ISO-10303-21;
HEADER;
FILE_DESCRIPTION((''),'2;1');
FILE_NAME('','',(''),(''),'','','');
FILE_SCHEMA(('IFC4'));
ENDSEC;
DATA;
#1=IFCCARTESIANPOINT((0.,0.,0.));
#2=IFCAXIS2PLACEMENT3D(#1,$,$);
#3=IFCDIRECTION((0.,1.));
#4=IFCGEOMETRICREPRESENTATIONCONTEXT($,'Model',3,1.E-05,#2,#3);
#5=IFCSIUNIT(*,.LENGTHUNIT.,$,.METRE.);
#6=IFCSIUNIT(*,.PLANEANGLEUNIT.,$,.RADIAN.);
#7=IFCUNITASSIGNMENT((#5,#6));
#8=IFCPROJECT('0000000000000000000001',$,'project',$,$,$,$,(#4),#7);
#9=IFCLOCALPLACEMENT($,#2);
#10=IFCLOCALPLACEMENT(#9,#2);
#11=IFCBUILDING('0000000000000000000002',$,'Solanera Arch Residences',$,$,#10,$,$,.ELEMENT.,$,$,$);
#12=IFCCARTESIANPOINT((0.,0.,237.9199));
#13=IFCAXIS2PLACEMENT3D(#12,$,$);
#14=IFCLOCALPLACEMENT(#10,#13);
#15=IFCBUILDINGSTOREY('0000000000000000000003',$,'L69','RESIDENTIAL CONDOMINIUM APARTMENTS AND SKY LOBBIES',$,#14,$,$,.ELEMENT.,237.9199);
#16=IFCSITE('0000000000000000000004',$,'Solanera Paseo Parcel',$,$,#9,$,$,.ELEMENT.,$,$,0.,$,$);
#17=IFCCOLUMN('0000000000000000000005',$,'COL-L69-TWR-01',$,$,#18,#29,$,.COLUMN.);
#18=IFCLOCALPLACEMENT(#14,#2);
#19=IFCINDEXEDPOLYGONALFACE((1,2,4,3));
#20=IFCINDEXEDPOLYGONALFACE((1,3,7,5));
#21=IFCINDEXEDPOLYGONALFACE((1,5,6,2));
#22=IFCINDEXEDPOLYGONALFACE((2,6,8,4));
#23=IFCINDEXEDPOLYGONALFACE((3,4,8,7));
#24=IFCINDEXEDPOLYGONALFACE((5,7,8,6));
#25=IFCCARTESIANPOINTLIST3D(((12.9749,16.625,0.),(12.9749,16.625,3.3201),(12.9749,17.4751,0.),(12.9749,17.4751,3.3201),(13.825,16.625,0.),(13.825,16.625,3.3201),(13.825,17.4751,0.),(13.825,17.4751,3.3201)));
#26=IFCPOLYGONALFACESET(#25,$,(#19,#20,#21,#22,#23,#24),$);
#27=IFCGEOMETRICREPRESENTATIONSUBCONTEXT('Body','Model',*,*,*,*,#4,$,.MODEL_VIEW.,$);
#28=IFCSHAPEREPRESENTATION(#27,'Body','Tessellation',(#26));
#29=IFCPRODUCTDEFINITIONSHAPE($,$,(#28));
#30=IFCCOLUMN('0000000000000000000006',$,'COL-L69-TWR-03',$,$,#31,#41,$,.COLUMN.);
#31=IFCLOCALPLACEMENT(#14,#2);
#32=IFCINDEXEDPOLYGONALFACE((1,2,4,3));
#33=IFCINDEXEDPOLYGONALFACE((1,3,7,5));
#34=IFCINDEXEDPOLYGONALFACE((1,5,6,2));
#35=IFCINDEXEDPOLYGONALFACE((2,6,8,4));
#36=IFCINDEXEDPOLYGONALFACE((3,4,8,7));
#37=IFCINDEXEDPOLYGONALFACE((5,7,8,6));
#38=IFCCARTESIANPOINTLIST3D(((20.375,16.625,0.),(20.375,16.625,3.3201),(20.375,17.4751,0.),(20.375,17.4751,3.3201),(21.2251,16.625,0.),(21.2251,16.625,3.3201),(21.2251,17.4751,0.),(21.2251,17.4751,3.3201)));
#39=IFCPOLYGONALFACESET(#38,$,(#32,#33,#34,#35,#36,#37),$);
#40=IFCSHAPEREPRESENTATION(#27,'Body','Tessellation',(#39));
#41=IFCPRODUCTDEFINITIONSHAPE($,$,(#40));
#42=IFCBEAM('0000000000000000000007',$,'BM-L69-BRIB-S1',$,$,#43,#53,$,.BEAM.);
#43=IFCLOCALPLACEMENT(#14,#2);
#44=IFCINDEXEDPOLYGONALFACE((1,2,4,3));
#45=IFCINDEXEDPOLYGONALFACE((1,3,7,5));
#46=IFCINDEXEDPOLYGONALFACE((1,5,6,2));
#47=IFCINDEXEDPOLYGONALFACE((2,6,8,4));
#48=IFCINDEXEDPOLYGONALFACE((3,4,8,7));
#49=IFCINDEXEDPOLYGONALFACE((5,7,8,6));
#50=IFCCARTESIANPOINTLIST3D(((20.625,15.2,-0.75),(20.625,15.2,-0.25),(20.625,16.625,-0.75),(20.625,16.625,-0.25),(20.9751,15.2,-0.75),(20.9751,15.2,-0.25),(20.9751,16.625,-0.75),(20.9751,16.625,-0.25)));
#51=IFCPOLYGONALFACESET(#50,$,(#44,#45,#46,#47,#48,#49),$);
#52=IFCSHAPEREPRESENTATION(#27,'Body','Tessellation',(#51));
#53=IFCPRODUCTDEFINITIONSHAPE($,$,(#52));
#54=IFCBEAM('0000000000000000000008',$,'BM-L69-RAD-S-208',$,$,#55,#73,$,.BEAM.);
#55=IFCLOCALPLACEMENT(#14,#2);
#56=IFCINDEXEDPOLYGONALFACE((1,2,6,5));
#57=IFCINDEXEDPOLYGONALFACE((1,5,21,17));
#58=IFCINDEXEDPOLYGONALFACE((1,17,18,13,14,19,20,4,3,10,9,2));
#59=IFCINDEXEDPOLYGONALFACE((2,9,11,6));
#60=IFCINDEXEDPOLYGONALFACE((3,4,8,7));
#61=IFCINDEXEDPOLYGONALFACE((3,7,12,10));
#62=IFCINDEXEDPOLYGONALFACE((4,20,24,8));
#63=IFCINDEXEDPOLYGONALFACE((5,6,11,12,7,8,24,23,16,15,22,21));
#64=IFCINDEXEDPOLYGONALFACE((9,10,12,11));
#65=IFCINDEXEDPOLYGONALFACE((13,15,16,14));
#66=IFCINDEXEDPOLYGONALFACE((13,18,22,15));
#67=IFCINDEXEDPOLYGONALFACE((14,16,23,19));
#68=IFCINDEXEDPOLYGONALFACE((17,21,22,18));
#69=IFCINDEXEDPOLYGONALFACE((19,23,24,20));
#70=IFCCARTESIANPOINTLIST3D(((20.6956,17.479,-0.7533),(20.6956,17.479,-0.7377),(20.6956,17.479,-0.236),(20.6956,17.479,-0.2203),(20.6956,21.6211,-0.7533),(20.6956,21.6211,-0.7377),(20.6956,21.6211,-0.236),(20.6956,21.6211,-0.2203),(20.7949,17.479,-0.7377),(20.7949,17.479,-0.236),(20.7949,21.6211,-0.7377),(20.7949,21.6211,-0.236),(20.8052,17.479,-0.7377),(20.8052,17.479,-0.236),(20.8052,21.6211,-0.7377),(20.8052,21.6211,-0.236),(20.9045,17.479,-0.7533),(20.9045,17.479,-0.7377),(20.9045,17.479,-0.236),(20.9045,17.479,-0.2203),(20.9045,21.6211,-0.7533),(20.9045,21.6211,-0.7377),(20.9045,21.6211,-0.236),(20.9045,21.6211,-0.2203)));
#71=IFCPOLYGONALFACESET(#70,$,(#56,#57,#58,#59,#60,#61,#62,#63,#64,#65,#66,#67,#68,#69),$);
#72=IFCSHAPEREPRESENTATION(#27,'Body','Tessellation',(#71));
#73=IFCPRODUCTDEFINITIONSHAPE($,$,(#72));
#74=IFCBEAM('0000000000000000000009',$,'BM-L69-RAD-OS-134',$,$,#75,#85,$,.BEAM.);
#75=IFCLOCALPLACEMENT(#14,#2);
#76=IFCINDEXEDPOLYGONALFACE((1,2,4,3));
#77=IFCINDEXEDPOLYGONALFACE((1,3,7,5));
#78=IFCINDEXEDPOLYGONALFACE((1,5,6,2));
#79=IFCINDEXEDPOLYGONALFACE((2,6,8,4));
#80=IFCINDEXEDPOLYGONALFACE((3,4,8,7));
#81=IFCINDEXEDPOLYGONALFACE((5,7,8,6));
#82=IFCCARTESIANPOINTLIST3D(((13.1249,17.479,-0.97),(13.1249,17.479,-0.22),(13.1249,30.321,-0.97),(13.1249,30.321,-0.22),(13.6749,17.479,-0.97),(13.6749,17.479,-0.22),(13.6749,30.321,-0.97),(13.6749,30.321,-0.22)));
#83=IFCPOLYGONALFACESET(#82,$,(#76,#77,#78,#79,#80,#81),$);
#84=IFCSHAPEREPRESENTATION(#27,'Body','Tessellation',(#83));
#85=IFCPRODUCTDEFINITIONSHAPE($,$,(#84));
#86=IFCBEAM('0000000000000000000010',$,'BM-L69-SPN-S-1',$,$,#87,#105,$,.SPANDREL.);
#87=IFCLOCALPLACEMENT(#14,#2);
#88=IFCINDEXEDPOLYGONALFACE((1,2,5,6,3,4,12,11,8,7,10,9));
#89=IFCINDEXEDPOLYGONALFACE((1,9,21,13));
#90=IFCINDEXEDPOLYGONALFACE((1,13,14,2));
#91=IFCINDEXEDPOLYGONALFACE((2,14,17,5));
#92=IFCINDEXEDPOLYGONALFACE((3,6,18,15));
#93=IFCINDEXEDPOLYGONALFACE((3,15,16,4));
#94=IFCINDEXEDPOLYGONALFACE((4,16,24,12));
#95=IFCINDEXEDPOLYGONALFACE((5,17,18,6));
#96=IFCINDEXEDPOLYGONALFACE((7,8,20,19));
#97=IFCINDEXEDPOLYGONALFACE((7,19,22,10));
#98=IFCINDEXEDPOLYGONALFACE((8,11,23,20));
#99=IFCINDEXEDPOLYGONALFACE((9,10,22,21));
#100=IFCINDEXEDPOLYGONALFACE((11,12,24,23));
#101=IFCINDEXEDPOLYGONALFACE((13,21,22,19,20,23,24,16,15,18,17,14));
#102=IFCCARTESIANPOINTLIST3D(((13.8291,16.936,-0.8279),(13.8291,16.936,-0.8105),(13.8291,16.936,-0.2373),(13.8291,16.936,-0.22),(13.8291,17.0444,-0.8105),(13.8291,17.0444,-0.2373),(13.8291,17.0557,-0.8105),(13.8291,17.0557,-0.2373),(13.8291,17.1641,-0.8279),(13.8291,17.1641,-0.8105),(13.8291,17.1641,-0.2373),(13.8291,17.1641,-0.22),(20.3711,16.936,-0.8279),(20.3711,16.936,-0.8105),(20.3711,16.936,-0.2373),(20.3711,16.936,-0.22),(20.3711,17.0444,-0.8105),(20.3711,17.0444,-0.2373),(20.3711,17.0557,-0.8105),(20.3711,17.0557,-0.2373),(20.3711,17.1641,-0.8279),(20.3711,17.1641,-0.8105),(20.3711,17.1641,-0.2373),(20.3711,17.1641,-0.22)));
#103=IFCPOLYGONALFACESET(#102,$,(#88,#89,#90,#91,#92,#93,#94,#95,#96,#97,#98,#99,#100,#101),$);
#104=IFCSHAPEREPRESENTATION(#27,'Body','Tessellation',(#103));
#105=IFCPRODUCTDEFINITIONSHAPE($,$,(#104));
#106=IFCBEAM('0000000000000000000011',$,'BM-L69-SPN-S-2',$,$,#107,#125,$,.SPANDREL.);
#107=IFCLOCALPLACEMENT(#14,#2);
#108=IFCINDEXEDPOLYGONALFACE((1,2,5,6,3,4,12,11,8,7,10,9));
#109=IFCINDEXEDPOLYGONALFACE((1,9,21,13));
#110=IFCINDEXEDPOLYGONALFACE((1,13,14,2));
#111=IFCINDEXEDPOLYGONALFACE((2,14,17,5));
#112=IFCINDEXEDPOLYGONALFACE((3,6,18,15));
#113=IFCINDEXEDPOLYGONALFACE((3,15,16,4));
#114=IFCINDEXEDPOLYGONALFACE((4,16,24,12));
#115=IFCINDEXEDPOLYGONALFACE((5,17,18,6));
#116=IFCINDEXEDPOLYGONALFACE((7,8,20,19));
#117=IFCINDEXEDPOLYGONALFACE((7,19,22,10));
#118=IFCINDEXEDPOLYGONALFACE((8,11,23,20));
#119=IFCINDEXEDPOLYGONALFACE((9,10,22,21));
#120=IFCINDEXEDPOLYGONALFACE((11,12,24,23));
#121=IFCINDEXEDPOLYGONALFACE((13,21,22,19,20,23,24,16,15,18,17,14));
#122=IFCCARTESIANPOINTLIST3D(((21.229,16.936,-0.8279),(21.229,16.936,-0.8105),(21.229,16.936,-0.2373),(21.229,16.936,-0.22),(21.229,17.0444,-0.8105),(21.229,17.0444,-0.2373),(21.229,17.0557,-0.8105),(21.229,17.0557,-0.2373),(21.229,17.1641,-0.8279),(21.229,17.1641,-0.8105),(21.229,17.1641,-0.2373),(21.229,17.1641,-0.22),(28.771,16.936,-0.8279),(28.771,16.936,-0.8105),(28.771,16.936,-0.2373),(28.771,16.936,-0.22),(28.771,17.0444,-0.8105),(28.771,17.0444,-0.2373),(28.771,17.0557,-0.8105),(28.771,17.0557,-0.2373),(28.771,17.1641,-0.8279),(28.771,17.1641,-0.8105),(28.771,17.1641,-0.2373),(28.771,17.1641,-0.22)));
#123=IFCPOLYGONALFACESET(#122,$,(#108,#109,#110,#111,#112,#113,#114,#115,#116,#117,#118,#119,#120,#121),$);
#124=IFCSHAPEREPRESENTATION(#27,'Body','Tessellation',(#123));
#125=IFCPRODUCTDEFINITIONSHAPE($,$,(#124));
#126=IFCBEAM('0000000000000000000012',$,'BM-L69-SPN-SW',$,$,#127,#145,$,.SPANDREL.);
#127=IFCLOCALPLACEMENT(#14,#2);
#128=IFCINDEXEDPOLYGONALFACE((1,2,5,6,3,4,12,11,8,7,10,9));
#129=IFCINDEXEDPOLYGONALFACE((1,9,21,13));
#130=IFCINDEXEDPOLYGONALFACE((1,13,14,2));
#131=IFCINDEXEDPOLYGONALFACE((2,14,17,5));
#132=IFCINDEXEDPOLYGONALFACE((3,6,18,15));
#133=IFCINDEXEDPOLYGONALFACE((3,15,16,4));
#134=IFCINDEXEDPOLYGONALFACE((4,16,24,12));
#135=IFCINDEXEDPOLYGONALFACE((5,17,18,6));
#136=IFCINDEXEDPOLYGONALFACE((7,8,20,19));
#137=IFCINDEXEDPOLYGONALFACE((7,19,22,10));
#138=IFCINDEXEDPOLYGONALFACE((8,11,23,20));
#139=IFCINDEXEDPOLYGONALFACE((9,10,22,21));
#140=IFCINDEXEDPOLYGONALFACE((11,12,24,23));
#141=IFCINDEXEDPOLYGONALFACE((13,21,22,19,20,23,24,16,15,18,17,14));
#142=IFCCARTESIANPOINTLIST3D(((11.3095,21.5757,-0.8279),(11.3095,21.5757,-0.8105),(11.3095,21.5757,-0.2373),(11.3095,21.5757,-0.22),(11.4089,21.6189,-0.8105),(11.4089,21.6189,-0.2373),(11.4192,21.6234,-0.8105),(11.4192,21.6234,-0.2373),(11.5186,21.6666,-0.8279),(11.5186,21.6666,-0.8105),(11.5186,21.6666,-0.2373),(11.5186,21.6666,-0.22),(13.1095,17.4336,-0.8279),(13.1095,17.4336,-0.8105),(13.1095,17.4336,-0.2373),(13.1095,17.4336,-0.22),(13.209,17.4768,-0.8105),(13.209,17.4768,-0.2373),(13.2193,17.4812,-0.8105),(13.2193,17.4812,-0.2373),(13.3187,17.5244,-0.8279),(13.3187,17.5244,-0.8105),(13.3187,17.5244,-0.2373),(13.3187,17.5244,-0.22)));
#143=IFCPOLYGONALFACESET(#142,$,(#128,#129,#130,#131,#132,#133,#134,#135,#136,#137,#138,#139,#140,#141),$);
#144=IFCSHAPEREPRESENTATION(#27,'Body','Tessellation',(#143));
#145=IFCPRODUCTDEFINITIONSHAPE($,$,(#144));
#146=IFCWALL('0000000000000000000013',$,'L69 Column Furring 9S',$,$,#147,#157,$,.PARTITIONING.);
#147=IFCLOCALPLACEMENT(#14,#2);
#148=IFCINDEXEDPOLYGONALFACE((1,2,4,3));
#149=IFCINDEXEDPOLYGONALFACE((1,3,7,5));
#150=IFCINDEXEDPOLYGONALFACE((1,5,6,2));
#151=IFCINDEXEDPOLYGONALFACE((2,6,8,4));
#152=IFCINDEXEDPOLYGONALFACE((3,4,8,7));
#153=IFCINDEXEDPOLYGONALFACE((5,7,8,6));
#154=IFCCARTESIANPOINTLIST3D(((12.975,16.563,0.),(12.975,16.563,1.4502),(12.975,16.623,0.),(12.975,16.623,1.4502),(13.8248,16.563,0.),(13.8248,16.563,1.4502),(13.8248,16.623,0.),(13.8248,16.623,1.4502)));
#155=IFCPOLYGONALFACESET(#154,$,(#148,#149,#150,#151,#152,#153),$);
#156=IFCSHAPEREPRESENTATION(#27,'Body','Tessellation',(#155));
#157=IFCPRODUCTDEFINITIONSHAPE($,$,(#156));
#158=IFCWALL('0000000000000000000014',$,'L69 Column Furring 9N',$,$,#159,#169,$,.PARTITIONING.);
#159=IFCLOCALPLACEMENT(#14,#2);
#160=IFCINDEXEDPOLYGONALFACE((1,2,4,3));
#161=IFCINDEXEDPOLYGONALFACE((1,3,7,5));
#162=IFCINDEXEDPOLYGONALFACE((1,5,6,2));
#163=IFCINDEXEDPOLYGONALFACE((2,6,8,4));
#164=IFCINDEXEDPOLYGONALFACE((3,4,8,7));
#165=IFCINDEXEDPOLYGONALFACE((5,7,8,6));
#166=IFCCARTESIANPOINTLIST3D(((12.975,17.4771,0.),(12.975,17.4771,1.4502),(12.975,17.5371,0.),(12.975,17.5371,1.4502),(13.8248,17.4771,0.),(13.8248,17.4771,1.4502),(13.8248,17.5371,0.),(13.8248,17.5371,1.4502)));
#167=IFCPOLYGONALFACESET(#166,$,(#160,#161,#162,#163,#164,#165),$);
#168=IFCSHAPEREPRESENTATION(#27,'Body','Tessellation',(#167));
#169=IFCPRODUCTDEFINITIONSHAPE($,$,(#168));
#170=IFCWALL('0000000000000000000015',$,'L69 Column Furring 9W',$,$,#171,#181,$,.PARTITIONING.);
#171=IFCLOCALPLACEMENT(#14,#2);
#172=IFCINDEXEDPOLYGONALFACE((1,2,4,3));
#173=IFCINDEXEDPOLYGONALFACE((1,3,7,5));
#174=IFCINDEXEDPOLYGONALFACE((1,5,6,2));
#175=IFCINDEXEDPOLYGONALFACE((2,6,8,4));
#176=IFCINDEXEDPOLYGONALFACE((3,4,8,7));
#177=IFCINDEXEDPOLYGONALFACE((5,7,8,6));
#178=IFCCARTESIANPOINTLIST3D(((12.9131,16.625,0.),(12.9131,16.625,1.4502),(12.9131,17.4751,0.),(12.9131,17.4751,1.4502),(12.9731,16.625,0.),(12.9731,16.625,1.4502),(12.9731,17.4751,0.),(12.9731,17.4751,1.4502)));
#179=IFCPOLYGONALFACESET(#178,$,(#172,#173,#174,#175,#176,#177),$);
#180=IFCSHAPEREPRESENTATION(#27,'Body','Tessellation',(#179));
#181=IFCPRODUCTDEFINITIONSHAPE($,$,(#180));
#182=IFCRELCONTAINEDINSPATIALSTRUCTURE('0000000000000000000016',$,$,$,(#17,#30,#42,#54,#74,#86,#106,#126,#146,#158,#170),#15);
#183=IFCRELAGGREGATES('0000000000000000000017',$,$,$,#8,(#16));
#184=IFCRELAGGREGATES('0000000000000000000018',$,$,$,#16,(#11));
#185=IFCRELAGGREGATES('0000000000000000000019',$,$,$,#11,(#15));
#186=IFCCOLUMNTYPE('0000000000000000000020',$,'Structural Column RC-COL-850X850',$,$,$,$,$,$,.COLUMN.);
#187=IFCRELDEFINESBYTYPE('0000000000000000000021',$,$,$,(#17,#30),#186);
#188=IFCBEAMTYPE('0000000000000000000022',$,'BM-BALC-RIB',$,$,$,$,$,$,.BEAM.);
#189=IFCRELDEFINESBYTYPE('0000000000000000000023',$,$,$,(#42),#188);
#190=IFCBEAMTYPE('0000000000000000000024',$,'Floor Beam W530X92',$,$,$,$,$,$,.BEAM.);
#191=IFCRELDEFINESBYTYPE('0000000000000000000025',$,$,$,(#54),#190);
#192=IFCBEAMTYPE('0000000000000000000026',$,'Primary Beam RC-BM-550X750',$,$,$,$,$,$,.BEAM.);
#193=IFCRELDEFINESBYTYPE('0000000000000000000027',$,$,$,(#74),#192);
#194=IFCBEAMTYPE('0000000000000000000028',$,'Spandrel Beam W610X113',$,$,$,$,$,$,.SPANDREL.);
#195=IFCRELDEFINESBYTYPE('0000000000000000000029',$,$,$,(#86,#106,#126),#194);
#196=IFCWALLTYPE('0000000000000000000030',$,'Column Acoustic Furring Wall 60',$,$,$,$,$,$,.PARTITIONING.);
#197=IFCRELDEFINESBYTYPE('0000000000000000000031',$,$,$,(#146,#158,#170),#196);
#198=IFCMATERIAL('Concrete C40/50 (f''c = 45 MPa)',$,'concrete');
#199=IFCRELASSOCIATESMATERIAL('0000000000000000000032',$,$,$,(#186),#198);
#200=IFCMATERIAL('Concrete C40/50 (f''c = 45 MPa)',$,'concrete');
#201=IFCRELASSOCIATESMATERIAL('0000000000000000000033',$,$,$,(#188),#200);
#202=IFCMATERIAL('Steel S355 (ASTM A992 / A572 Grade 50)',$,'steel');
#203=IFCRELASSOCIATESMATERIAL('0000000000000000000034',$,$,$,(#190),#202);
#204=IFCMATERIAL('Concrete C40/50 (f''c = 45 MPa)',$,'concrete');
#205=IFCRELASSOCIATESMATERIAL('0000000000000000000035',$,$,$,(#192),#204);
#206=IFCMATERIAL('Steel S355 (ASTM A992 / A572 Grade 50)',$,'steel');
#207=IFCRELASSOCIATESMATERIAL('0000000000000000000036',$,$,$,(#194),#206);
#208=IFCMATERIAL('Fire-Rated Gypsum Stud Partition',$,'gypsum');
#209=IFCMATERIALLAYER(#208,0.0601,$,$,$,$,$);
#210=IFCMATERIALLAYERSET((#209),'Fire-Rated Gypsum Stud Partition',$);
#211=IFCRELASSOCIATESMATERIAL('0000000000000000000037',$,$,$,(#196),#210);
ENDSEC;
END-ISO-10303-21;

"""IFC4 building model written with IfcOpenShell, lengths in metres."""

from ifc_helpers import new_model, si_unit, direction, frame, frame_2d, origin, origin_2d, place, context, subcontext, project, spatial, rectangle, i_section, extrude, material, layer, layer_set, material_profile, profile_set, type_object, element, save


model = new_model("IFC4")

# Units and contexts
model_context = context("Model", 3, precision=1e-05, world=origin(), true_north=direction((0.0, 1.0)))
body_context = subcontext(model_context, "Body", "Model", "MODEL_VIEW")
ifc_project = project(units=[si_unit("LENGTHUNIT", "METRE"), si_unit("PLANEANGLEUNIT", "RADIAN")], contexts=[model_context])

# Site, building, storey
site_placement = place(None, origin())
site = spatial("IfcSite", under=ifc_project, at=site_placement, Name="Solanera Paseo Parcel", CompositionType="ELEMENT", RefElevation=0.0)
building_placement = place(site_placement, origin())
building = spatial("IfcBuilding", under=site, at=building_placement, Name="Solanera Arch Residences", CompositionType="ELEMENT")
storey_placement = place(building_placement, frame((0.0, 0.0, 237.9199)))
storey = spatial("IfcBuildingStorey", under=building, at=storey_placement, Name="L69", Description="RESIDENTIAL CONDOMINIUM APARTMENTS AND SKY LOBBIES", CompositionType="ELEMENT", Elevation=237.9199)

# Columns
ifc_material_1 = material(Name="Concrete C40/50 (f'c = 45 MPa)", Category="concrete")
ifc_material_profile_1 = material_profile(ifc_material_1, rectangle(XDim=0.8501, YDim=0.8501, at=origin_2d()))
ifc_profile_set_1 = profile_set([ifc_material_profile_1], Name="Concrete C40/50 (f'c = 45 MPa)")
column_type = type_object("IfcColumnType", Name="Structural Column RC-COL-850X850", PredefinedType="COLUMN", material=ifc_profile_set_1)
for number, where, z_axis, x_axis, name in (
    (1, (13.3999, 17.05, 0.0), (0.0, 0.0, 1.0), (1.0, 0.0, 0.0), "COL-L69-TWR-01"),
    (2, (20.8, 17.05, 0.0), (0.0, 0.0, 1.0), (1.0, 0.0, 0.0), "COL-L69-TWR-03"),
):
    element("IfcColumn", number, at=place(storey_placement, frame(where, z_axis=z_axis, x_axis=x_axis)), inside=storey, type_object=column_type, Name=name, PredefinedType="COLUMN", context=body_context, shape_type="SweptSolid", body=[
        extrude(rectangle(XDim=0.8501, YDim=0.8501, at=origin_2d()), origin(), (0.0, 0.0, 1.0), 3.3201),
    ])

# Beams
ifc_material_2 = material(Name="Concrete C40/50 (f'c = 45 MPa)", Category="concrete")
ifc_material_profile_2 = material_profile(ifc_material_2, rectangle(XDim=0.3501, YDim=0.5, at=origin_2d()))
ifc_profile_set_2 = profile_set([ifc_material_profile_2], Name="Concrete C40/50 (f'c = 45 MPa)")
beam_type_1 = type_object("IfcBeamType", Name="BM-BALC-RIB", PredefinedType="BEAM", material=ifc_profile_set_2)
beam_1_placement = place(storey_placement, frame((20.8, 15.2, -0.5), z_axis=(0.0, 1.0, 0.0), x_axis=(-1.0, 0.0, 0.0)))
element("IfcBeam", 3, at=beam_1_placement, inside=storey, type_object=beam_type_1, Name="BM-L69-BRIB-S1", PredefinedType="BEAM", context=body_context, shape_type="SweptSolid", body=[
    extrude(rectangle(XDim=0.3501, YDim=0.5, at=origin_2d()), origin(), (0.0, 0.0, 1.0), 1.425),
])
ifc_material_3 = material(Name="Steel S355 (ASTM A992 / A572 Grade 50)", Category="steel")
ifc_material_profile_3 = material_profile(ifc_material_3, i_section(OverallWidth=0.209, OverallDepth=0.533, WebThickness=0.0103, FlangeThickness=0.0156, at=origin_2d()))
ifc_profile_set_3 = profile_set([ifc_material_profile_3], Name="Steel S355 (ASTM A992 / A572 Grade 50)")
beam_type_2 = type_object("IfcBeamType", Name="Floor Beam W530X92", PredefinedType="BEAM", material=ifc_profile_set_3)
beam_2_placement = place(storey_placement, frame((20.8, 17.479, -0.4868), z_axis=(0.0, 1.0, 0.0), x_axis=(-1.0, 0.0, 0.0)))
element("IfcBeam", 4, at=beam_2_placement, inside=storey, type_object=beam_type_2, Name="BM-L69-RAD-S-208", PredefinedType="BEAM", context=body_context, shape_type="SweptSolid", body=[
    extrude(i_section(OverallWidth=0.209, OverallDepth=0.533, WebThickness=0.0103, FlangeThickness=0.0156, at=origin_2d()), origin(), (0.0, 0.0, 1.0), 4.1421),
])
ifc_material_4 = material(Name="Concrete C40/50 (f'c = 45 MPa)", Category="concrete")
ifc_material_profile_4 = material_profile(ifc_material_4, rectangle(XDim=0.55, YDim=0.75, at=origin_2d()))
ifc_profile_set_4 = profile_set([ifc_material_profile_4], Name="Concrete C40/50 (f'c = 45 MPa)")
beam_type_3 = type_object("IfcBeamType", Name="Primary Beam RC-BM-550X750", PredefinedType="BEAM", material=ifc_profile_set_4)
beam_3_placement = place(storey_placement, frame((13.3999, 17.479, -0.595), z_axis=(0.0, 1.0, 0.0), x_axis=(-1.0, 0.0, 0.0)))
element("IfcBeam", 5, at=beam_3_placement, inside=storey, type_object=beam_type_3, Name="BM-L69-RAD-OS-134", PredefinedType="BEAM", context=body_context, shape_type="SweptSolid", body=[
    extrude(rectangle(XDim=0.55, YDim=0.75, at=origin_2d()), origin(), (0.0, 0.0, 1.0), 12.842),
])
ifc_material_5 = material(Name="Steel S355 (ASTM A992 / A572 Grade 50)", Category="steel")
ifc_material_profile_5 = material_profile(ifc_material_5, i_section(OverallWidth=0.228, OverallDepth=0.6079, WebThickness=0.0112, FlangeThickness=0.0173, at=origin_2d()))
ifc_profile_set_5 = profile_set([ifc_material_profile_5], Name="Steel S355 (ASTM A992 / A572 Grade 50)")
beam_type_4 = type_object("IfcBeamType", Name="Spandrel Beam W610X113", PredefinedType="SPANDREL", material=ifc_profile_set_5)
beam_4_placement = place(storey_placement, frame((13.8291, 17.05, -0.5239), z_axis=(1.0, 0.0, 0.0), x_axis=(0.0, 1.0, 0.0)))
element("IfcBeam", 6, at=beam_4_placement, inside=storey, type_object=beam_type_4, Name="BM-L69-SPN-S-1", PredefinedType="SPANDREL", context=body_context, shape_type="SweptSolid", body=[
    extrude(i_section(OverallWidth=0.228, OverallDepth=0.6079, WebThickness=0.0112, FlangeThickness=0.0173, at=origin_2d()), origin(), (0.0, 0.0, 1.0), 6.542),
])
beam_5_placement = place(storey_placement, frame((21.229, 17.05, -0.5239), z_axis=(1.0, 0.0, 0.0), x_axis=(0.0, 1.0, 0.0)))
element("IfcBeam", 7, at=beam_5_placement, inside=storey, type_object=beam_type_4, Name="BM-L69-SPN-S-2", PredefinedType="SPANDREL", context=body_context, shape_type="SweptSolid", body=[
    extrude(i_section(OverallWidth=0.228, OverallDepth=0.6079, WebThickness=0.0112, FlangeThickness=0.0173, at=origin_2d()), origin(), (0.0, 0.0, 1.0), 7.542),
])
beam_6_placement = place(storey_placement, frame((13.2141, 17.479, -0.5239), z_axis=(-0.398566, 0.91714, 0.0), x_axis=(-0.91714, -0.398566, 0.0)))
element("IfcBeam", 8, at=beam_6_placement, inside=storey, type_object=beam_type_4, Name="BM-L69-SPN-SW", PredefinedType="SPANDREL", context=body_context, shape_type="SweptSolid", body=[
    extrude(i_section(OverallWidth=0.228, OverallDepth=0.6079, WebThickness=0.0112, FlangeThickness=0.0173, at=origin_2d()), origin(), (0.0, 0.0, 1.0), 4.5164),
])

# Walls
ifc_material_6 = material(Name="Fire-Rated Gypsum Stud Partition", Category="gypsum")
ifc_layer_1 = layer(ifc_material_6, 0.0601)
ifc_layer_set_1 = layer_set([ifc_layer_1], Name="Fire-Rated Gypsum Stud Partition")
wall_type_1 = type_object("IfcWallType", Name="Column Acoustic Furring Wall 60", PredefinedType="PARTITIONING", material=ifc_layer_set_1)
for number, where, z_axis, x_axis, name in (
    (9, (12.9751, 16.593, 0.0), (0.0, 0.0, 1.0), (1.0, 0.0, 0.0), "L69 Column Furring 9S"),
    (10, (12.9751, 17.5071, 0.0), (0.0, 0.0, 1.0), (1.0, 0.0, 0.0), "L69 Column Furring 9N"),
):
    element("IfcWall", number, at=place(storey_placement, frame(where, z_axis=z_axis, x_axis=x_axis)), inside=storey, type_object=wall_type_1, Name=name, PredefinedType="PARTITIONING", context=body_context, shape_type="SweptSolid", body=[
        extrude(rectangle(XDim=0.8499, YDim=0.0601, at=frame_2d((0.4248, 0.0))), origin(), (0.0, 0.0, 1.0), 1.4502),
    ])
for number, where, z_axis, x_axis, name in (
    (11, (12.9431, 16.625, 0.0), (0.0, 0.0, 1.0), (0.0, 1.0, 0.0), "L69 Column Furring 9W"),
):
    element("IfcWall", number, at=place(storey_placement, frame(where, z_axis=z_axis, x_axis=x_axis)), inside=storey, type_object=wall_type_1, Name=name, PredefinedType="PARTITIONING", context=body_context, shape_type="SweptSolid", body=[
        extrude(rectangle(XDim=0.8501, YDim=0.0601, at=frame_2d((0.425, 0.0))), origin(), (0.0, 0.0, 1.0), 1.4502),
    ])

save(model, "model.ifc")
